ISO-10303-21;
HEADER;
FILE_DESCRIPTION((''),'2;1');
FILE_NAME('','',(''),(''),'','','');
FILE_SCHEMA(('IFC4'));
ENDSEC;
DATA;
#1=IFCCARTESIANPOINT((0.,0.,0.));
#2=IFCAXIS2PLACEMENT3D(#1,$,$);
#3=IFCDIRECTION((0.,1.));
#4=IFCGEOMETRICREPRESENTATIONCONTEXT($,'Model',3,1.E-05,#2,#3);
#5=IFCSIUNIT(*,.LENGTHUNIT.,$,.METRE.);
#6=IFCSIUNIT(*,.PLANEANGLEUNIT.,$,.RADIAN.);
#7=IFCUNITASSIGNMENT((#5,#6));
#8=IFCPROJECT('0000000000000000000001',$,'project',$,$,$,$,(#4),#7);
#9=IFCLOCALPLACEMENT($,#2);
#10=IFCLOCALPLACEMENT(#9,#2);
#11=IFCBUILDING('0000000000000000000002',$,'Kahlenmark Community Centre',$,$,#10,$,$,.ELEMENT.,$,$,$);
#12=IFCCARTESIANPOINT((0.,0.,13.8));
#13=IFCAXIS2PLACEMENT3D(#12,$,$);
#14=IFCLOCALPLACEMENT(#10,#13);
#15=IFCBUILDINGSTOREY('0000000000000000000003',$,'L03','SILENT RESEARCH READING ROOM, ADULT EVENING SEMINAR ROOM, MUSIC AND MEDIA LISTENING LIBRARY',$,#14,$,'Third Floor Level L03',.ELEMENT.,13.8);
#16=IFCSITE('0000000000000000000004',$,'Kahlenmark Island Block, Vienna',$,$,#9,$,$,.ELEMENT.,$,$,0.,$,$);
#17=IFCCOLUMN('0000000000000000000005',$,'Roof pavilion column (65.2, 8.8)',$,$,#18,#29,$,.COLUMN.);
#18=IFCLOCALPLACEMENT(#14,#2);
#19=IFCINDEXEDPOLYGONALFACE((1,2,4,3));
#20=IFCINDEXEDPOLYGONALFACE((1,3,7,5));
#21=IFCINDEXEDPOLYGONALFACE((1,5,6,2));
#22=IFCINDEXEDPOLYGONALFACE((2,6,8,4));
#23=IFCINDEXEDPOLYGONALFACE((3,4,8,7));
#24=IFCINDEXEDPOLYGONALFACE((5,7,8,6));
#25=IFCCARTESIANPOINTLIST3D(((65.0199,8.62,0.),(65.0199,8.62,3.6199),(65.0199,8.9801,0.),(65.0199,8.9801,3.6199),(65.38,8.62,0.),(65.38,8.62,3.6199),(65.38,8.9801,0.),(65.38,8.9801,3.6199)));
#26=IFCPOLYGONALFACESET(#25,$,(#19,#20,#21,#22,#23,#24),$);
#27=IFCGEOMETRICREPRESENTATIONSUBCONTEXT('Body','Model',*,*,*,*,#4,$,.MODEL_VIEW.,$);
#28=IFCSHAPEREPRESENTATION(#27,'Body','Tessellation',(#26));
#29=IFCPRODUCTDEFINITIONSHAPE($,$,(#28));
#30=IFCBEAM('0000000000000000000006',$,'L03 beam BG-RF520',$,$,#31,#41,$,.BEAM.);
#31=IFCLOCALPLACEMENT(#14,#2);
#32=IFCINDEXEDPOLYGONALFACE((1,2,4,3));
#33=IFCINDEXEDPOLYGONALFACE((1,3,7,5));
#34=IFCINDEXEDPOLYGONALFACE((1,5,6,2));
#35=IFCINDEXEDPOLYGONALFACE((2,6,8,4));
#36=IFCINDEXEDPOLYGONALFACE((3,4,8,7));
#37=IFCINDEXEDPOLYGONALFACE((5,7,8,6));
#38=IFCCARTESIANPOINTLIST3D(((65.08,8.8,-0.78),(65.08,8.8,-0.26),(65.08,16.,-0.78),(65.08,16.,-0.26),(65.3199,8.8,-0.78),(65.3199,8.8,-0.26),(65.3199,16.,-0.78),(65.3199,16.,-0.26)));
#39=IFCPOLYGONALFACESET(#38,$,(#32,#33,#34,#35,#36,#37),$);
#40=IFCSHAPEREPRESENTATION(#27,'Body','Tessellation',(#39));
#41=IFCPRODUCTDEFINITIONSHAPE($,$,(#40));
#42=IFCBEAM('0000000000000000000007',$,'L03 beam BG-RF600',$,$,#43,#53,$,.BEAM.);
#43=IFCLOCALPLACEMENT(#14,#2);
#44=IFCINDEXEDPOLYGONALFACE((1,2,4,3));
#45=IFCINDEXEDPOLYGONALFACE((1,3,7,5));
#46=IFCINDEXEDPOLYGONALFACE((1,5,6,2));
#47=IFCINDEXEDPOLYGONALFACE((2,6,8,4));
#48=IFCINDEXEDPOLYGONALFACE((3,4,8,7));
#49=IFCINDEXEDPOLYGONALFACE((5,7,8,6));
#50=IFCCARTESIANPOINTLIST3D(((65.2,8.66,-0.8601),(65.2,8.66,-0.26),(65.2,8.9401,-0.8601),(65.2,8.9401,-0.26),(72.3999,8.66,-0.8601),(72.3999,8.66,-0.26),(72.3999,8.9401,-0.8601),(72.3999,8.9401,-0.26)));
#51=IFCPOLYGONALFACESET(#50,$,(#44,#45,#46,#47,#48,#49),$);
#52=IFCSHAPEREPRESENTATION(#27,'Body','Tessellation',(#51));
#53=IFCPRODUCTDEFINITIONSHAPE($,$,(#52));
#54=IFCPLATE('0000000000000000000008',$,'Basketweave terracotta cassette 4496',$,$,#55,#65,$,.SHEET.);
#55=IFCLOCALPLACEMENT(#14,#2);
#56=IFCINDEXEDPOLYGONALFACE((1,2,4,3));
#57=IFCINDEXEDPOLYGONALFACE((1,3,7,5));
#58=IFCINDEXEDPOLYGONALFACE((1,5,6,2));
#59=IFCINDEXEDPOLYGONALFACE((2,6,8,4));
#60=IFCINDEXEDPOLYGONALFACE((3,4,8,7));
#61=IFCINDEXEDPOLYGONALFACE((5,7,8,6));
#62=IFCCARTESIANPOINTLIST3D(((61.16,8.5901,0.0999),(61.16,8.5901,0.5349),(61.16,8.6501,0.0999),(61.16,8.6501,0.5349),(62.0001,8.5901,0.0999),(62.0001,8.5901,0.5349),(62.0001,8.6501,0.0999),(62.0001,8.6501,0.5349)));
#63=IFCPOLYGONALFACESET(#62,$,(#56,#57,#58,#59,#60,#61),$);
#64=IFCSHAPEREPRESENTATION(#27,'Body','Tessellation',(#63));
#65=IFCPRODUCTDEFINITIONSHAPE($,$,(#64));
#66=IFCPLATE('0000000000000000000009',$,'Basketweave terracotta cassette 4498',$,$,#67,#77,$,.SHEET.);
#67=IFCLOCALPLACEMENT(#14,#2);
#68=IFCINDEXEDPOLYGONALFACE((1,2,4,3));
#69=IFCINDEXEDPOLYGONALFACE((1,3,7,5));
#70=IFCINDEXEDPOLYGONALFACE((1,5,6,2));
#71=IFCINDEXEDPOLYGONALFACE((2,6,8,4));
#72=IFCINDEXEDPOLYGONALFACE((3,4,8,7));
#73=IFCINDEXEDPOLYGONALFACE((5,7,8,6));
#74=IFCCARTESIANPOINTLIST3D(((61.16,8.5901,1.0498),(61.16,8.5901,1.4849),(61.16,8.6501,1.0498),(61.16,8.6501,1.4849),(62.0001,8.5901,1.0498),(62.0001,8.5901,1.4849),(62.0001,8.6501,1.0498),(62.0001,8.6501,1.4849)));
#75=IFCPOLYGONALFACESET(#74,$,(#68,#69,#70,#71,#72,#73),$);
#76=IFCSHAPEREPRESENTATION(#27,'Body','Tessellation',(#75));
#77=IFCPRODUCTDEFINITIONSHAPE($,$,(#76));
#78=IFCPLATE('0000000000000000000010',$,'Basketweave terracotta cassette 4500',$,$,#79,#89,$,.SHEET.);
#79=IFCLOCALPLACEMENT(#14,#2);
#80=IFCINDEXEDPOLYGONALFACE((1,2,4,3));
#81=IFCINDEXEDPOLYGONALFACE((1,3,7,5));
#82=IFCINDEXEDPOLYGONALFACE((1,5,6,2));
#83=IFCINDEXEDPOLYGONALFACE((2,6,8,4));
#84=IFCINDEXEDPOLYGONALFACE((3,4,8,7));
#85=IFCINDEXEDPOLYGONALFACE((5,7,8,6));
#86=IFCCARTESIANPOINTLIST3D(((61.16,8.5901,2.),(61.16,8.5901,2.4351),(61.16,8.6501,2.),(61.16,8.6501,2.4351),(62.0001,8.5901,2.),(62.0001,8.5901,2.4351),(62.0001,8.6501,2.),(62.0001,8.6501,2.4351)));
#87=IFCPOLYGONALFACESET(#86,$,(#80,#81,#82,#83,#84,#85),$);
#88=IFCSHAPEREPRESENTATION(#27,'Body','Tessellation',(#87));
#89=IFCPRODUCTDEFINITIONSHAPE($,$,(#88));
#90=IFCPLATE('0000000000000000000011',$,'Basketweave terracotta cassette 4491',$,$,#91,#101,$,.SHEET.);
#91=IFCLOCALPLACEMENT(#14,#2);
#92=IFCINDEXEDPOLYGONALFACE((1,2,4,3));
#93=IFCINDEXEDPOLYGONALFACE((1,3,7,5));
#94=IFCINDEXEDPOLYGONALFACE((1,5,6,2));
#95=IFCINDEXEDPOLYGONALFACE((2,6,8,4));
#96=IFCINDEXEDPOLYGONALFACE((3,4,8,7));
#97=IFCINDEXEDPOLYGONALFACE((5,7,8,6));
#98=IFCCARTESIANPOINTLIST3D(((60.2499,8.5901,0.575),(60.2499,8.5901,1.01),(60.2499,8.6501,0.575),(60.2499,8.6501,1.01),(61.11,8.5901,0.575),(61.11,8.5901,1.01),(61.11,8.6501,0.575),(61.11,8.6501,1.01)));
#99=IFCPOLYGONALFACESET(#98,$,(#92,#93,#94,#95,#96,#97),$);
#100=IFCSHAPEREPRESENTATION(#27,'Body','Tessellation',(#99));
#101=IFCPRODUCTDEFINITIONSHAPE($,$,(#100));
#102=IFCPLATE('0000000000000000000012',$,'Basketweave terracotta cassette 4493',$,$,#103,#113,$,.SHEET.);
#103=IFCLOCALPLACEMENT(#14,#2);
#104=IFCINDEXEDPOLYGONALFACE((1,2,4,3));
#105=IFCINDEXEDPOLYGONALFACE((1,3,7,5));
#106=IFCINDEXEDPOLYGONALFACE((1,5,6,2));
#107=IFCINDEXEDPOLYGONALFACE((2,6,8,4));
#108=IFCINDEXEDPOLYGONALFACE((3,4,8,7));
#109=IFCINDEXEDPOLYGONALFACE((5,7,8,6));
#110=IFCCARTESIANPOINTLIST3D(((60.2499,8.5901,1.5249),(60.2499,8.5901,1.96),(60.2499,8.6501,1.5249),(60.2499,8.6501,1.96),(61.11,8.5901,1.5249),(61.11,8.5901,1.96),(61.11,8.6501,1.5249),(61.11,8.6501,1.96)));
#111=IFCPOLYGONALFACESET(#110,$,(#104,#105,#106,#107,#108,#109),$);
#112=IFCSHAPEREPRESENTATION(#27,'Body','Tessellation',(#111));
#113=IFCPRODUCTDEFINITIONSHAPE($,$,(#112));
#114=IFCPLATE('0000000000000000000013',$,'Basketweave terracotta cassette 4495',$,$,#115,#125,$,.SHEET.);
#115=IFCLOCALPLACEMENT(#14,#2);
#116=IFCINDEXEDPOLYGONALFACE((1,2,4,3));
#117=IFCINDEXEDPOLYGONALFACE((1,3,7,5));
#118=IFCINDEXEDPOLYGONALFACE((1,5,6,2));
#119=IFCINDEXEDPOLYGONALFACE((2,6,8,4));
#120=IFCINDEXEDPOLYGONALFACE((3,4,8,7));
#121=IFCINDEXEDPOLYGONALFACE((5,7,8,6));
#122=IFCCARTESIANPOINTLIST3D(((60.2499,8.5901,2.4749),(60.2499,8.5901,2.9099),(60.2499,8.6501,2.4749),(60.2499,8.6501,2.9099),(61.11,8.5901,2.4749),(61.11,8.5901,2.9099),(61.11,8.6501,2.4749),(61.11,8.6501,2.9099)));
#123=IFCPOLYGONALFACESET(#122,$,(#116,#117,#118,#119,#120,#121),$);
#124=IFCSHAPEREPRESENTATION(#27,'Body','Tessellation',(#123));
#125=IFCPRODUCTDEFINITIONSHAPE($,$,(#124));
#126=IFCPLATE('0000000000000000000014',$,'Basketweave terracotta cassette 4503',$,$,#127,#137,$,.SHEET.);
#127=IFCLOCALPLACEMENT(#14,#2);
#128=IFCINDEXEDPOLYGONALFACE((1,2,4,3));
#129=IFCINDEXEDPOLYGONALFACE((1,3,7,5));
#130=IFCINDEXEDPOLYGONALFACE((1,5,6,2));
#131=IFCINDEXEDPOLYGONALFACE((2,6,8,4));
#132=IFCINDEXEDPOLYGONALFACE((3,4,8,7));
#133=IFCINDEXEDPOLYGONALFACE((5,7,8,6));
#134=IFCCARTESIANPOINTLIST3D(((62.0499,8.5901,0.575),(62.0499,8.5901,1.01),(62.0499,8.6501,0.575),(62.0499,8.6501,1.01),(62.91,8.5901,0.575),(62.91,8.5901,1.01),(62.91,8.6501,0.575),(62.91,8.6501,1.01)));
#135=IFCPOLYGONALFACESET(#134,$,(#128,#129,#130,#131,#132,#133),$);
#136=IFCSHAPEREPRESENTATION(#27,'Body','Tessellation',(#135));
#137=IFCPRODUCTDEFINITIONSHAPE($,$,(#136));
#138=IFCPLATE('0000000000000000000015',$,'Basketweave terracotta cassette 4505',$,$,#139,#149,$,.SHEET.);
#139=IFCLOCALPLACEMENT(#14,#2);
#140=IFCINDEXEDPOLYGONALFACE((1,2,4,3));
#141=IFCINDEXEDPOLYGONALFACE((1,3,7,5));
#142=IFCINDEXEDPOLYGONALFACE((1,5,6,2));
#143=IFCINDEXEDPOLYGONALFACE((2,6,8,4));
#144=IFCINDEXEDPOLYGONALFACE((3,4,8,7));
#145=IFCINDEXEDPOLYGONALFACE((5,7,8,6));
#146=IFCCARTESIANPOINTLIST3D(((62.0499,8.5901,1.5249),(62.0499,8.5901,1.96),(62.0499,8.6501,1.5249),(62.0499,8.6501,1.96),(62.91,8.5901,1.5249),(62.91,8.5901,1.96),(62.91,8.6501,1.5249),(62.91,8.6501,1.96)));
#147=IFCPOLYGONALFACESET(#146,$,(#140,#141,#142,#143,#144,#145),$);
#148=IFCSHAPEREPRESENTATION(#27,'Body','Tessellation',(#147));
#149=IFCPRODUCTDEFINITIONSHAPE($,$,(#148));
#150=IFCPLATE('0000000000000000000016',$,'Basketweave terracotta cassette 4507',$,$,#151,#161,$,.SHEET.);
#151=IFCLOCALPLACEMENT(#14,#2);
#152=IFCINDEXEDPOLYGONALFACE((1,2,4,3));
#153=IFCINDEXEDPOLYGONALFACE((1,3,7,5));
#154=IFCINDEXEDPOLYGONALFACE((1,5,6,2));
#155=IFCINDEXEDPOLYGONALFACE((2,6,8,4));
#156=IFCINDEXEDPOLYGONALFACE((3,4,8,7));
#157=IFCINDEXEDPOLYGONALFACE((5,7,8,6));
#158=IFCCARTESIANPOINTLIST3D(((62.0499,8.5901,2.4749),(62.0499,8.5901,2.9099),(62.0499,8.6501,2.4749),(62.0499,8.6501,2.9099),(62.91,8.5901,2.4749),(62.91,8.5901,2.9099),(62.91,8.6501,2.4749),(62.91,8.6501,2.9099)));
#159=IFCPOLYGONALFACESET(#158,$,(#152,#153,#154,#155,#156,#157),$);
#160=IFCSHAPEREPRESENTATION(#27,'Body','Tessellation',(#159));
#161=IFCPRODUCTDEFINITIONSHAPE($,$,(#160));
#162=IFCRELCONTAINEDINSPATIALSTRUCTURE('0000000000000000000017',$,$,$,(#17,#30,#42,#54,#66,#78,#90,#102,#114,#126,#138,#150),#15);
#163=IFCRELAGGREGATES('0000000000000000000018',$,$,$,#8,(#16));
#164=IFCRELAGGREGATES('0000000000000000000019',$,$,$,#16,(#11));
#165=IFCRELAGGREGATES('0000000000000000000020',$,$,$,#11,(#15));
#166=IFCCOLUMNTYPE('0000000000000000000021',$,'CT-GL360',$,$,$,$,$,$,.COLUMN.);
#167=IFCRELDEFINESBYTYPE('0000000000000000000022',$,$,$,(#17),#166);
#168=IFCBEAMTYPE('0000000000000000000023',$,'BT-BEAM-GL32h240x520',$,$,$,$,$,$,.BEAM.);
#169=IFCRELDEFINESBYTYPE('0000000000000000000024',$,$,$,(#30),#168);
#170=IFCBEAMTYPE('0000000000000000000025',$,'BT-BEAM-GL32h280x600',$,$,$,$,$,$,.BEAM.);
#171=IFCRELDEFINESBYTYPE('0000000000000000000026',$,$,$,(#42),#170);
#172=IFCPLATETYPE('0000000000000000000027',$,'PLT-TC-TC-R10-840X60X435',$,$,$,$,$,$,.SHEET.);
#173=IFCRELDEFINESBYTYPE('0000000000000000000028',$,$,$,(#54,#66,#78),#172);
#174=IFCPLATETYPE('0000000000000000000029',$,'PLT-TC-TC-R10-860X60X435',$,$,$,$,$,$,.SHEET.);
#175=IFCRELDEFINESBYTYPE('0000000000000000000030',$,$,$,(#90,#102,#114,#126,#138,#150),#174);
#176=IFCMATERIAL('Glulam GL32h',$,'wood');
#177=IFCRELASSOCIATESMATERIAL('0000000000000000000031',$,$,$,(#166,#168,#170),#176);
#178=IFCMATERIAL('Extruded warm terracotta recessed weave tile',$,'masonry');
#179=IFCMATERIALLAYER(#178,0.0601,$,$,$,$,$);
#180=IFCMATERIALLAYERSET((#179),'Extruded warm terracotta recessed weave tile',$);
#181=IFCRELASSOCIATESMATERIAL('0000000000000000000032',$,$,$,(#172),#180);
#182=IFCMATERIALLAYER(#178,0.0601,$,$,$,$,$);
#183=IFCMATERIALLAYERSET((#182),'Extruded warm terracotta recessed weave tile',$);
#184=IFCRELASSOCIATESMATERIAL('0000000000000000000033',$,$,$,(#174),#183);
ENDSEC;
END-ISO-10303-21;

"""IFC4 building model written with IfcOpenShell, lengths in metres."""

from ifc_helpers import new_model, si_unit, direction, frame, origin, origin_2d, place, context, subcontext, project, spatial, rectangle, extrude, material, layer, layer_set, material_profile, profile_set, type_object, element, save


model = new_model("IFC4")

# Units and contexts
model_context = context("Model", 3, precision=1e-05, world=origin(), true_north=direction((0.0, 1.0)))
body_context = subcontext(model_context, "Body", "Model", "MODEL_VIEW")
ifc_project = project(units=[si_unit("LENGTHUNIT", "METRE"), si_unit("PLANEANGLEUNIT", "RADIAN")], contexts=[model_context])

# Site, building, storey
site_placement = place(None, origin())
site = spatial("IfcSite", under=ifc_project, at=site_placement, Name="Kahlenmark Island Block, Vienna", CompositionType="ELEMENT", RefElevation=0.0)
building_placement = place(site_placement, origin())
building = spatial("IfcBuilding", under=site, at=building_placement, Name="Kahlenmark Community Centre", CompositionType="ELEMENT")
storey_placement = place(building_placement, frame((0.0, 0.0, 13.8)))
storey = spatial("IfcBuildingStorey", under=building, at=storey_placement, Name="L03", Description="SILENT RESEARCH READING ROOM, ADULT EVENING SEMINAR ROOM, MUSIC AND MEDIA LISTENING LIBRARY", LongName="Third Floor Level L03", CompositionType="ELEMENT", Elevation=13.8)

# Column
ifc_material_1 = material(Name="Glulam GL32h", Category="wood")
ifc_material_profile_1 = material_profile(ifc_material_1, rectangle(XDim=0.3601, YDim=0.3601, at=origin_2d()), Name="GL32h 360x360")
ifc_profile_set_1 = profile_set([ifc_material_profile_1], Name="Glulam GL32h")
column_type = type_object("IfcColumnType", Name="CT-GL360", PredefinedType="COLUMN", material=ifc_profile_set_1)
column_placement = place(storey_placement, frame((65.2, 8.8, 0.0), z_axis=(0.0, 0.0, 1.0), x_axis=(1.0, 0.0, 0.0)))
element("IfcColumn", 1, at=column_placement, inside=storey, type_object=column_type, Name="Roof pavilion column (65.2, 8.8)", PredefinedType="COLUMN", context=body_context, shape_type="SweptSolid", body=[
    extrude(rectangle(XDim=0.3601, YDim=0.3601, at=origin_2d()), origin(), (0.0, 0.0, 1.0), 3.6199),
])

# Beams
ifc_material_profile_2 = material_profile(ifc_material_1, rectangle(XDim=0.24, YDim=0.52, at=origin_2d()), Name="GL32h 240x520")
ifc_profile_set_2 = profile_set([ifc_material_profile_2], Name="Glulam GL32h")
beam_type_1 = type_object("IfcBeamType", Name="BT-BEAM-GL32h240x520", PredefinedType="BEAM", material=ifc_profile_set_2)
beam_1_placement = place(storey_placement, frame((65.2, 8.8, -0.52), z_axis=(0.0, 1.0, 0.0), x_axis=(-1.0, 0.0, 0.0)))
element("IfcBeam", 2, at=beam_1_placement, inside=storey, type_object=beam_type_1, Name="L03 beam BG-RF520", PredefinedType="BEAM", context=body_context, shape_type="SweptSolid", body=[
    extrude(rectangle(XDim=0.24, YDim=0.52, at=origin_2d()), origin(), (0.0, 0.0, 1.0), 7.2),
])
ifc_material_profile_3 = material_profile(ifc_material_1, rectangle(XDim=0.28, YDim=0.6001, at=origin_2d()), Name="GL32h 280x600")
ifc_profile_set_3 = profile_set([ifc_material_profile_3], Name="Glulam GL32h")
beam_type_2 = type_object("IfcBeamType", Name="BT-BEAM-GL32h280x600", PredefinedType="BEAM", material=ifc_profile_set_3)
beam_2_placement = place(storey_placement, frame((65.2, 8.8, -0.5601), z_axis=(1.0, 0.0, 0.0), x_axis=(0.0, 1.0, 0.0)))
element("IfcBeam", 3, at=beam_2_placement, inside=storey, type_object=beam_type_2, Name="L03 beam BG-RF600", PredefinedType="BEAM", context=body_context, shape_type="SweptSolid", body=[
    extrude(rectangle(XDim=0.28, YDim=0.6001, at=origin_2d()), origin(), (0.0, 0.0, 1.0), 7.2),
])

# Plates
ifc_material_2 = material(Name="Extruded warm terracotta recessed weave tile", Category="masonry")
ifc_layer_1 = layer(ifc_material_2, 0.0601)
ifc_layer_set_1 = layer_set([ifc_layer_1], Name="Extruded warm terracotta recessed weave tile")
plate_type_1 = type_object("IfcPlateType", Name="PLT-TC-TC-R10-840X60X435", PredefinedType="SHEET", material=ifc_layer_set_1)
for number, where, z_axis, x_axis, name in (
    (4, (61.5801, 8.6201, 0.0999), (0.0, 0.0, 1.0), (1.0, 0.0, 0.0), "Basketweave terracotta cassette 4496"),
    (5, (61.5801, 8.6201, 1.0498), (0.0, 0.0, 1.0), (1.0, 0.0, 0.0), "Basketweave terracotta cassette 4498"),
    (6, (61.5801, 8.6201, 2.0), (0.0, 0.0, 1.0), (1.0, 0.0, 0.0), "Basketweave terracotta cassette 4500"),
):
    element("IfcPlate", number, at=place(storey_placement, frame(where, z_axis=z_axis, x_axis=x_axis)), inside=storey, type_object=plate_type_1, Name=name, PredefinedType="SHEET", context=body_context, shape_type="SweptSolid", body=[
        extrude(rectangle(XDim=0.8401, YDim=0.0601, at=origin_2d()), origin(), (0.0, 0.0, 1.0), 0.4351),
    ])
ifc_layer_2 = layer(ifc_material_2, 0.0601)
ifc_layer_set_2 = layer_set([ifc_layer_2], Name="Extruded warm terracotta recessed weave tile")
plate_type_2 = type_object("IfcPlateType", Name="PLT-TC-TC-R10-860X60X435", PredefinedType="SHEET", material=ifc_layer_set_2)
for number, where, z_axis, x_axis, name in (
    (7, (60.6799, 8.6201, 0.575), (0.0, 0.0, 1.0), (1.0, 0.0, 0.0), "Basketweave terracotta cassette 4491"),
    (8, (60.6799, 8.6201, 1.5249), (0.0, 0.0, 1.0), (1.0, 0.0, 0.0), "Basketweave terracotta cassette 4493"),
    (9, (60.6799, 8.6201, 2.4749), (0.0, 0.0, 1.0), (1.0, 0.0, 0.0), "Basketweave terracotta cassette 4495"),
    (10, (62.48, 8.6201, 0.575), (0.0, 0.0, 1.0), (1.0, 0.0, 0.0), "Basketweave terracotta cassette 4503"),
    (11, (62.48, 8.6201, 1.5249), (0.0, 0.0, 1.0), (1.0, 0.0, 0.0), "Basketweave terracotta cassette 4505"),
    (12, (62.48, 8.6201, 2.4749), (0.0, 0.0, 1.0), (1.0, 0.0, 0.0), "Basketweave terracotta cassette 4507"),
):
    element("IfcPlate", number, at=place(storey_placement, frame(where, z_axis=z_axis, x_axis=x_axis)), inside=storey, type_object=plate_type_2, Name=name, PredefinedType="SHEET", context=body_context, shape_type="SweptSolid", body=[
        extrude(rectangle(XDim=0.8601, YDim=0.0601, at=origin_2d()), origin(), (0.0, 0.0, 1.0), 0.4351),
    ])

save(model, "model.ifc")
